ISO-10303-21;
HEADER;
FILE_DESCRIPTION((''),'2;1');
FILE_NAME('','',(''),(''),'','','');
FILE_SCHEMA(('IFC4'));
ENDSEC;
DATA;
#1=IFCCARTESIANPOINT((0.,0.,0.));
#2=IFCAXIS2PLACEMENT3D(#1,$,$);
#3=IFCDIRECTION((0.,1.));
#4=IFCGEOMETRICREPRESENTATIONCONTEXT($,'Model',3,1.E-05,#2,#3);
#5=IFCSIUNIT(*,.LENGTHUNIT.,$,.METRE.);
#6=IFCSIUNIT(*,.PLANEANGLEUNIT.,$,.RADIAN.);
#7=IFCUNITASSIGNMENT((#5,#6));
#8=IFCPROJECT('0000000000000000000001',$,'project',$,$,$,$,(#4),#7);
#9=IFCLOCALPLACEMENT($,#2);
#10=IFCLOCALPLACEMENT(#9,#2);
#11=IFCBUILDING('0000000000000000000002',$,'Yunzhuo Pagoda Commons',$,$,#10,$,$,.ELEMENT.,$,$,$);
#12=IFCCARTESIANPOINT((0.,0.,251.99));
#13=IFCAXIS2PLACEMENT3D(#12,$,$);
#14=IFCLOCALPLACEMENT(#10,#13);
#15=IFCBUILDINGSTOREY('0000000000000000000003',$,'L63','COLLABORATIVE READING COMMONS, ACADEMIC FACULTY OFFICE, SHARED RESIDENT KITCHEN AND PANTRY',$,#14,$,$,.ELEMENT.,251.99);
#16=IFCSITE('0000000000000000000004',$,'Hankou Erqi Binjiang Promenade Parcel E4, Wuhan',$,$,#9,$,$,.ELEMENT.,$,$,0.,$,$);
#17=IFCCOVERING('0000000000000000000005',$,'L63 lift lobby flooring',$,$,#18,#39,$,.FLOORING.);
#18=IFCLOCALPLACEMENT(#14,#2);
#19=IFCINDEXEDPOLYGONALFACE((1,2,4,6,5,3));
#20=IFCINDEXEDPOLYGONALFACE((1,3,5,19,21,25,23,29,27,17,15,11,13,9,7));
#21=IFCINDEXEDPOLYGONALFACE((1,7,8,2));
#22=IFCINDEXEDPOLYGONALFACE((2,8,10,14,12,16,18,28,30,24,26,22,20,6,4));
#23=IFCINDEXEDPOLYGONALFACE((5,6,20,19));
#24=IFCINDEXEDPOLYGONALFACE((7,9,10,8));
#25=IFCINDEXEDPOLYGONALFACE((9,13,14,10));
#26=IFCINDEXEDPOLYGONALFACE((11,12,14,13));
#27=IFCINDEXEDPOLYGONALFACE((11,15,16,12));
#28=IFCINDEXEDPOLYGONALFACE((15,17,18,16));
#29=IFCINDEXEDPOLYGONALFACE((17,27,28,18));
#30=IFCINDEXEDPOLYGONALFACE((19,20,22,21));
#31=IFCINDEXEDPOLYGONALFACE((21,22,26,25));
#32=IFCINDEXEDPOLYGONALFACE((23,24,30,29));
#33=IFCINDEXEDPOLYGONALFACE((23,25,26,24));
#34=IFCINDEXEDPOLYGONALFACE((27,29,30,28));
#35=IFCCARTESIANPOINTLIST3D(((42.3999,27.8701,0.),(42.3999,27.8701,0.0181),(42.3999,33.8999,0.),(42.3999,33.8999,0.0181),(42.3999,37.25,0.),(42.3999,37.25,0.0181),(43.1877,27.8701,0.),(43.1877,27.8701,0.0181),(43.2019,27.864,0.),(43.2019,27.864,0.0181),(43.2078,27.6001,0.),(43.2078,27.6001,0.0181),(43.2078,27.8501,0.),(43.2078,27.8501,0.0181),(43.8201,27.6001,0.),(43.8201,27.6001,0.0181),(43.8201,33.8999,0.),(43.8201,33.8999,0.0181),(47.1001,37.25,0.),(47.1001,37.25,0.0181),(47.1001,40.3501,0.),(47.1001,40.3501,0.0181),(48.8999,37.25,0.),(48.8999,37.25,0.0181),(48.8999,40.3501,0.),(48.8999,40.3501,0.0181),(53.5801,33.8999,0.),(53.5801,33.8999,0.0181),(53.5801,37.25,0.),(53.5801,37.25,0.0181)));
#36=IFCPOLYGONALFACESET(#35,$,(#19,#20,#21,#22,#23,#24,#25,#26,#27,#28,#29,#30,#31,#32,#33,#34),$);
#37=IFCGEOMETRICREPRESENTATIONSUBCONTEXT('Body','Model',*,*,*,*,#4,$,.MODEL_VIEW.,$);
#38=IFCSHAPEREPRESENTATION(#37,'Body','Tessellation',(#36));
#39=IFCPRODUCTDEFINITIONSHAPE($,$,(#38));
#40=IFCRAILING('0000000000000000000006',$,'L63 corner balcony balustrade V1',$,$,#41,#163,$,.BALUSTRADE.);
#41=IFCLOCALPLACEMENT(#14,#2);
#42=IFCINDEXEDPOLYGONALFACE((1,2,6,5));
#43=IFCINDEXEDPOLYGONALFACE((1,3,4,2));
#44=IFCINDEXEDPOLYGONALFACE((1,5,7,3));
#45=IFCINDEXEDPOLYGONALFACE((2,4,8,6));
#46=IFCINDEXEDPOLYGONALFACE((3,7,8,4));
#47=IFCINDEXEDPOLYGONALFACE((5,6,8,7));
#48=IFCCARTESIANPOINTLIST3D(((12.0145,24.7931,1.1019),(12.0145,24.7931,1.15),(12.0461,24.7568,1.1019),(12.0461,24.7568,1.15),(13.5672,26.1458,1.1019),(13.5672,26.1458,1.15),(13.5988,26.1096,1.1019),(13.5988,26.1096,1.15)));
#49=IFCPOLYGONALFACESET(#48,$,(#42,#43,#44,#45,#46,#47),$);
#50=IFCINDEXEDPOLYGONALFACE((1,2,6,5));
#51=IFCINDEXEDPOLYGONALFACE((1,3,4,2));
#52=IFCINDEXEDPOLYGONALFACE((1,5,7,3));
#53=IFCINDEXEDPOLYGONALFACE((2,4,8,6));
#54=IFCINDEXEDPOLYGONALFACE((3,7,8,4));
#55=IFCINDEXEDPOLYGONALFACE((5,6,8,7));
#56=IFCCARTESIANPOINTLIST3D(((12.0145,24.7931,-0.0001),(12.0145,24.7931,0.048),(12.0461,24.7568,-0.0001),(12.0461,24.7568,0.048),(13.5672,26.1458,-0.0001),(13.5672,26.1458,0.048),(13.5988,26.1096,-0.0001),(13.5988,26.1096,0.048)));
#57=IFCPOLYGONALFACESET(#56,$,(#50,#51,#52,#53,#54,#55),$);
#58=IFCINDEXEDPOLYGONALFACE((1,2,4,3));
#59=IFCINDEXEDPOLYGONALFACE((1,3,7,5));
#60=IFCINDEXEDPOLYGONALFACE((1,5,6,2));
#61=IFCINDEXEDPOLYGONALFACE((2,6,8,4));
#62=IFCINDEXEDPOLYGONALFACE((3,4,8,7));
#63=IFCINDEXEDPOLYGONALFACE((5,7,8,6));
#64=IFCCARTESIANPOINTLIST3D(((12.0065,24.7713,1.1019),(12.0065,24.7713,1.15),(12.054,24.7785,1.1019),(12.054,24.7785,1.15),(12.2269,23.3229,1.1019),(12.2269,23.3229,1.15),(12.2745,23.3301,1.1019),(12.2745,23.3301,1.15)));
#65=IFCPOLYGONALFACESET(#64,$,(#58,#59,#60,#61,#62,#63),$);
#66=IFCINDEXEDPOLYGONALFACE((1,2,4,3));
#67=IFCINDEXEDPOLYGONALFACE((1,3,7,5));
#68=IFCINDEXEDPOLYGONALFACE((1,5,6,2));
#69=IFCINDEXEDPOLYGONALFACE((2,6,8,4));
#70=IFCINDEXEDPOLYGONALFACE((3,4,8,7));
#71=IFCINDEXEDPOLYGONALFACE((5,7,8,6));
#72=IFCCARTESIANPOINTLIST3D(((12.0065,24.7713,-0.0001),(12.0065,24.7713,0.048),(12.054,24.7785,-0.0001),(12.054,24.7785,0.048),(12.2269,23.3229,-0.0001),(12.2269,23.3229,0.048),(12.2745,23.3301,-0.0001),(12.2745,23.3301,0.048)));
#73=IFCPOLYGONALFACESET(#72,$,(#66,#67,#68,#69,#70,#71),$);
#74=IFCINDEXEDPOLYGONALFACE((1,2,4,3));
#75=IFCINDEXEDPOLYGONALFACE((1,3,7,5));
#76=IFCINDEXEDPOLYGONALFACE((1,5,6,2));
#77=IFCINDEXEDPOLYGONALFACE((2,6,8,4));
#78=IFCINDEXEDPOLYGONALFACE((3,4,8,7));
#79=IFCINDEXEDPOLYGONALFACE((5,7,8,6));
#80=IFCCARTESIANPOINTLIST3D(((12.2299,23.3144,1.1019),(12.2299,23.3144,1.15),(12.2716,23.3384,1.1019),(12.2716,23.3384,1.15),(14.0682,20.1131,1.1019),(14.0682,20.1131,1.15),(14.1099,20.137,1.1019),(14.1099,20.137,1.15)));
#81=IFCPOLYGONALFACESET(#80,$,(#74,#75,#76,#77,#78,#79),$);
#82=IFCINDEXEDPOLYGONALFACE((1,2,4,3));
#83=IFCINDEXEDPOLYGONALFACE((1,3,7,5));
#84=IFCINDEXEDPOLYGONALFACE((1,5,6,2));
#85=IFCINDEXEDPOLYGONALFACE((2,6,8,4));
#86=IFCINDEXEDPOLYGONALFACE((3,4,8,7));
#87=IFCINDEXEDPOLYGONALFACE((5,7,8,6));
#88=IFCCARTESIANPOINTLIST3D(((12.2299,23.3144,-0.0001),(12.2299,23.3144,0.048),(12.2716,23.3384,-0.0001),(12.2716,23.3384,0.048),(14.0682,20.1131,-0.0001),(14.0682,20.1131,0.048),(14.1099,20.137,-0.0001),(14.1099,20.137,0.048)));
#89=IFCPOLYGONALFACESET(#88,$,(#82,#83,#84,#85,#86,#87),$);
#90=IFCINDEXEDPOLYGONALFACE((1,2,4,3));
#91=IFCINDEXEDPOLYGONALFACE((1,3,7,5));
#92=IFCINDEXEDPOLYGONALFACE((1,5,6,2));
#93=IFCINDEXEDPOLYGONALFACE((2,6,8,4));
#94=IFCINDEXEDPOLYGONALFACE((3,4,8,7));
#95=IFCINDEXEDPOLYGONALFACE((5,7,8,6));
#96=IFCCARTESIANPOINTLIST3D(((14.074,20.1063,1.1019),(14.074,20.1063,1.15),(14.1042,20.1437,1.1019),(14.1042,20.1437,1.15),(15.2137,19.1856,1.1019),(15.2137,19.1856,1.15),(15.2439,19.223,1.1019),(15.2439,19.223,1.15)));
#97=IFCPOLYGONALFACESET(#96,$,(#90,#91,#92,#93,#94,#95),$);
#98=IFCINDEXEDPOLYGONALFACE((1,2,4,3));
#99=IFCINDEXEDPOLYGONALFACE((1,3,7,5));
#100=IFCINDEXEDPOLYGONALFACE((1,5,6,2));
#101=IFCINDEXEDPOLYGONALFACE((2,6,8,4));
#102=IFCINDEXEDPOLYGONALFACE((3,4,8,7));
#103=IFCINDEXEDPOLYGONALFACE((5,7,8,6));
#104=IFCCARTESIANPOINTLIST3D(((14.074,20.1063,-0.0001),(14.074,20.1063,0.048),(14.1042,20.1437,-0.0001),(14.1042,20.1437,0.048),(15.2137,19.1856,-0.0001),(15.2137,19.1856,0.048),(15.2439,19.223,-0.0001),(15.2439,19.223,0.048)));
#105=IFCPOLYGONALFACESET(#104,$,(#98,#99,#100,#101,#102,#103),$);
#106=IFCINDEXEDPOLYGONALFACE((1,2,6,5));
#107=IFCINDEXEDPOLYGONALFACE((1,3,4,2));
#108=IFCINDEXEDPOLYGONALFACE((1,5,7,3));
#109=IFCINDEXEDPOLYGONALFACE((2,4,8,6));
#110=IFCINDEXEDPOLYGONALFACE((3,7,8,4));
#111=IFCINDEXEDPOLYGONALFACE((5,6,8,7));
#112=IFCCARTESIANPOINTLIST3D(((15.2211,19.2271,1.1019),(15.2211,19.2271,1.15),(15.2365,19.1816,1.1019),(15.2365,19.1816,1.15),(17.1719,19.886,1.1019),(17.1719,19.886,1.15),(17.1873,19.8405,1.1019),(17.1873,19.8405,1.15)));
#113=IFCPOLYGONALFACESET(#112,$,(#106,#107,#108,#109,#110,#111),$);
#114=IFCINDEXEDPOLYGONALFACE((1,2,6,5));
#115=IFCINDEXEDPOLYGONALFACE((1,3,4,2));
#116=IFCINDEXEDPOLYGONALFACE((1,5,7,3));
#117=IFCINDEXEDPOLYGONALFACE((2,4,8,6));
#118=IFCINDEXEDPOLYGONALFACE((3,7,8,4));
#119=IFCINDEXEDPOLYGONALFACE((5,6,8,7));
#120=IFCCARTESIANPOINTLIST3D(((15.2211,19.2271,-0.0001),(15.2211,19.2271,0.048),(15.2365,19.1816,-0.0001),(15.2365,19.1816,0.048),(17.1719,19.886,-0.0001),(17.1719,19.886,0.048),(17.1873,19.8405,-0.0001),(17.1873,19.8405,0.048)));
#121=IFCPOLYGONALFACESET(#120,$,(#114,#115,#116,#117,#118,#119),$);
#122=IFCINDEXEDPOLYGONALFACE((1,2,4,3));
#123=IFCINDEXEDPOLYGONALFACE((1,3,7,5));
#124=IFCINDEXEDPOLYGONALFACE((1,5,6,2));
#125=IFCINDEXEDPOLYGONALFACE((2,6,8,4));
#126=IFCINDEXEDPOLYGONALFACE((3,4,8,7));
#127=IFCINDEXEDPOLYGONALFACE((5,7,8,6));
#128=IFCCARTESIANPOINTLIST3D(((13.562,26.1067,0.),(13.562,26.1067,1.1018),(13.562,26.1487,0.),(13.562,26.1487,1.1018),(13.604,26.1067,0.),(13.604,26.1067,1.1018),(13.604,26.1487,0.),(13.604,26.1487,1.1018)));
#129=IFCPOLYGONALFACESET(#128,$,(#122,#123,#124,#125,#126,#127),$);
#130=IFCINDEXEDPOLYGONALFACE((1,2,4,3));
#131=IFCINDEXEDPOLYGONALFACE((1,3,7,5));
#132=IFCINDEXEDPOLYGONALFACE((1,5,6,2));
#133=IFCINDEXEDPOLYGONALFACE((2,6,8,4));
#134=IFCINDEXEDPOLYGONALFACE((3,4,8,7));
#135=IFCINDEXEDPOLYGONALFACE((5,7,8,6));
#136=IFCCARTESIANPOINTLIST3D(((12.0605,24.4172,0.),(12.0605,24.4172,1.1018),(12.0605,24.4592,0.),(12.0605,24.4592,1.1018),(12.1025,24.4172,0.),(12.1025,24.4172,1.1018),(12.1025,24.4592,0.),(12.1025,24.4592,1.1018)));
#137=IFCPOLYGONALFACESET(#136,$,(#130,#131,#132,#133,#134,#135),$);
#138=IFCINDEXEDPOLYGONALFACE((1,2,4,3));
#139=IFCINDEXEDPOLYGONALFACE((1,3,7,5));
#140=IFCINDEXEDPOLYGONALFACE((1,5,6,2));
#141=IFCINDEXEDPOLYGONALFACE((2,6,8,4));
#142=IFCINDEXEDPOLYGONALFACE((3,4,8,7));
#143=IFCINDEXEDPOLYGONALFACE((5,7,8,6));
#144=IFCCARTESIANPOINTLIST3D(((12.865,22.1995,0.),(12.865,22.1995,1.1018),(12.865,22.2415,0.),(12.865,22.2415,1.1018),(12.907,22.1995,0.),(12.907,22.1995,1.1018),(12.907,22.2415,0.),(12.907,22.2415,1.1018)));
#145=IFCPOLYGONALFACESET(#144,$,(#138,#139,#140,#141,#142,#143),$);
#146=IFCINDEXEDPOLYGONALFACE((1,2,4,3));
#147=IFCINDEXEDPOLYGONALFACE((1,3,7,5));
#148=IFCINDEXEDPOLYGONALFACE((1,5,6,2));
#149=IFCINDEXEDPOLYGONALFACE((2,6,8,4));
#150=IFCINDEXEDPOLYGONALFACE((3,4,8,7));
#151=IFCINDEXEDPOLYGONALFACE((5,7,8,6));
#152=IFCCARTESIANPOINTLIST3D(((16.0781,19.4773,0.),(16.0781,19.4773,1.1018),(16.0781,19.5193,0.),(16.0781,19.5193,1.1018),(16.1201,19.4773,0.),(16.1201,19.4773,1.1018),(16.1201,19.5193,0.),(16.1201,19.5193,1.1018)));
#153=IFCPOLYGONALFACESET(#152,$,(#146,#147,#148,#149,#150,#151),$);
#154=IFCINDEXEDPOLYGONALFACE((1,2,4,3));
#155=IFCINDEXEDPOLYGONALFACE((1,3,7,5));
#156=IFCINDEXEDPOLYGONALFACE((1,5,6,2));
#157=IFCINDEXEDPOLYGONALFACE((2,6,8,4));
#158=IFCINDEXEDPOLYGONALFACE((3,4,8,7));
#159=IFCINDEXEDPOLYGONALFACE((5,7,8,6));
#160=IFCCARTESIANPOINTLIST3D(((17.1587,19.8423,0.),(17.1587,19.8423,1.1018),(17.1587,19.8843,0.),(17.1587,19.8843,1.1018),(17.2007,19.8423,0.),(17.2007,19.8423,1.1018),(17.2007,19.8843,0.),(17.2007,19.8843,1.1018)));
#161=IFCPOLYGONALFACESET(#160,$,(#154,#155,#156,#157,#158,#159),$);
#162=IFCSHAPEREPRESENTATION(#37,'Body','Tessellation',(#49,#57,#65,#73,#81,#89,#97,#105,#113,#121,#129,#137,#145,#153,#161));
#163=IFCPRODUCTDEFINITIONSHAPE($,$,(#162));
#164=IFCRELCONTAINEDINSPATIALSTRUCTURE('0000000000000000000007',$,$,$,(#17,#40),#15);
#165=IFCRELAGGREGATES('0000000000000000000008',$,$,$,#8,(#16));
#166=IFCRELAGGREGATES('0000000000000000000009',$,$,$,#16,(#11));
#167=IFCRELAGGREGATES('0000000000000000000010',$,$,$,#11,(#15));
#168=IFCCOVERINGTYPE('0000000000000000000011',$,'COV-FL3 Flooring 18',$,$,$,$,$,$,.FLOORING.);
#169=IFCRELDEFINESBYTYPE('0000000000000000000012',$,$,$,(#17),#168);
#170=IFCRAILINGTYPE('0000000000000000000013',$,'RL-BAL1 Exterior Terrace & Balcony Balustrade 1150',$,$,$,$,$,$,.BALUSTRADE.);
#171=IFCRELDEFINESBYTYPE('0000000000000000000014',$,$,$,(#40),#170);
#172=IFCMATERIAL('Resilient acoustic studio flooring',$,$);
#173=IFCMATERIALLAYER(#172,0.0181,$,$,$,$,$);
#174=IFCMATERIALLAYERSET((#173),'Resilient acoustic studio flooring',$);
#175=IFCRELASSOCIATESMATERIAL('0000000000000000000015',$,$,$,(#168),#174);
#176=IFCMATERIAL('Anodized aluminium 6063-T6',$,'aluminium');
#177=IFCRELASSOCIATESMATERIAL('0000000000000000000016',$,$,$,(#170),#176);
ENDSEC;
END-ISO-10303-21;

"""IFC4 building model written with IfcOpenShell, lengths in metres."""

from ifc_helpers import new_model, si_unit, direction, frame, origin, origin_2d, place, context, subcontext, project, spatial, polyline, rectangle, outline, extrude, material, layer, layer_set, type_object, element, save


model = new_model("IFC4")

# Units and contexts
model_context = context("Model", 3, precision=1e-05, world=origin(), true_north=direction((0.0, 1.0)))
body_context = subcontext(model_context, "Body", "Model", "MODEL_VIEW")
ifc_project = project(units=[si_unit("LENGTHUNIT", "METRE"), si_unit("PLANEANGLEUNIT", "RADIAN")], contexts=[model_context])

# Site, building, storey
site_placement = place(None, origin())
site = spatial("IfcSite", under=ifc_project, at=site_placement, Name="Hankou Erqi Binjiang Promenade Parcel E4, Wuhan", CompositionType="ELEMENT", RefElevation=0.0)
building_placement = place(site_placement, origin())
building = spatial("IfcBuilding", under=site, at=building_placement, Name="Yunzhuo Pagoda Commons", CompositionType="ELEMENT")
storey_placement = place(building_placement, frame((0.0, 0.0, 251.99)))
storey = spatial("IfcBuildingStorey", under=building, at=storey_placement, Name="L63", Description="COLLABORATIVE READING COMMONS, ACADEMIC FACULTY OFFICE, SHARED RESIDENT KITCHEN AND PANTRY", CompositionType="ELEMENT", Elevation=251.99)

# Shared definitions
ifc_material_1 = material(Name="Anodized aluminium 6063-T6", Category="aluminium")

# Covering
ifc_material_2 = material(Name="Resilient acoustic studio flooring")
ifc_layer_1 = layer(ifc_material_2, 0.0181)
ifc_layer_set_1 = layer_set([ifc_layer_1], Name="Resilient acoustic studio flooring")
covering_type_1 = type_object("IfcCoveringType", Name="COV-FL3 Flooring 18", PredefinedType="FLOORING", material=ifc_layer_set_1)
covering_1_placement = place(storey_placement, origin())
element("IfcCovering", 1, at=covering_1_placement, inside=storey, type_object=covering_type_1, Name="L63 lift lobby flooring", PredefinedType="FLOORING", context=body_context, shape_type="SweptSolid", body=[
    extrude(outline(polyline([(43.2078, 27.8501), (43.2019, 27.864), (43.1877, 27.8701), (42.3999, 27.8701), (42.3999, 33.8999), (42.3999, 37.25), (47.1001, 37.25), (47.1001, 40.3501), (48.8999, 40.3501), (48.8999, 37.25), (53.5801, 37.25), (53.5801, 33.8999), (43.8201, 33.8999), (43.8201, 27.6001), (43.2078, 27.6001), (43.2078, 27.8501)])), origin(), (0.0, 0.0, 1.0), 0.0181),
])

# Railing
railing_type = type_object("IfcRailingType", Name="RL-BAL1 Exterior Terrace & Balcony Balustrade 1150", PredefinedType="BALUSTRADE", material=ifc_material_1)
railing_placement = place(storey_placement, frame((13.583, 26.1277, 0.0)))
element("IfcRailing", 2, at=railing_placement, inside=storey, type_object=railing_type, Name="L63 corner balcony balustrade V1", PredefinedType="BALUSTRADE", context=body_context, shape_type="SweptSolid", body=[
    extrude(rectangle(XDim=0.0481, YDim=0.0481, at=origin_2d()), frame((0.0, 0.0, 1.126), z_axis=(-0.753985, -0.656892, 0.0), x_axis=(0.656892, -0.753985, 0.0)), (0.0, 0.0, 1.0), 2.0593),
    extrude(rectangle(XDim=0.0481, YDim=0.0481, at=origin_2d()), frame((0.0, 0.0, 0.0239), z_axis=(-0.753985, -0.656892, 0.0), x_axis=(0.656892, -0.753985, 0.0)), (0.0, 0.0, 1.0), 2.0593),
    extrude(rectangle(XDim=0.0481, YDim=0.0481, at=origin_2d()), frame((-1.5527, -1.3528, 1.126), z_axis=(0.150467, -0.988615, 0.0), x_axis=(0.988615, 0.150467, 0.0)), (0.0, 0.0, 1.0), 1.4651),
    extrude(rectangle(XDim=0.0481, YDim=0.0481, at=origin_2d()), frame((-1.5527, -1.3528, 0.0239), z_axis=(0.150467, -0.988615, 0.0), x_axis=(0.988615, 0.150467, 0.0)), (0.0, 0.0, 1.0), 1.4651),
    extrude(rectangle(XDim=0.0481, YDim=0.0481, at=origin_2d()), frame((-1.3323, -2.8013, 1.126), z_axis=(0.497975, -0.867191, 0.0), x_axis=(0.867191, 0.497975, 0.0)), (0.0, 0.0, 1.0), 3.6917),
    extrude(rectangle(XDim=0.0481, YDim=0.0481, at=origin_2d()), frame((-1.3323, -2.8013, 0.0239), z_axis=(0.497975, -0.867191, 0.0), x_axis=(0.867191, 0.497975, 0.0)), (0.0, 0.0, 1.0), 3.6917),
    extrude(rectangle(XDim=0.0481, YDim=0.0481, at=origin_2d()), frame((0.5061, -6.0027, 1.126), z_axis=(0.777885, -0.628407, 0.0), x_axis=(0.628407, 0.777885, 0.0)), (0.0, 0.0, 1.0), 1.4651),
    extrude(rectangle(XDim=0.0481, YDim=0.0481, at=origin_2d()), frame((0.5061, -6.0027, 0.0239), z_axis=(0.777885, -0.628407, 0.0), x_axis=(0.628407, 0.777885, 0.0)), (0.0, 0.0, 1.0), 1.4651),
    extrude(rectangle(XDim=0.0481, YDim=0.0481, at=origin_2d()), frame((1.6458, -6.9233, 1.126), z_axis=(0.947419, 0.319996, 0.0), x_axis=(-0.319996, 0.947419, 0.0)), (0.0, 0.0, 1.0), 2.0591),
    extrude(rectangle(XDim=0.0481, YDim=0.0481, at=origin_2d()), frame((1.6458, -6.9233, 0.0239), z_axis=(0.947419, 0.319996, 0.0), x_axis=(-0.319996, 0.947419, 0.0)), (0.0, 0.0, 1.0), 2.0591),
    extrude(rectangle(XDim=0.042, YDim=0.042, at=origin_2d()), origin(), (0.0, 0.0, 1.0), 1.1018),
    extrude(rectangle(XDim=0.042, YDim=0.042, at=origin_2d()), frame((-1.5015, -1.6895, 0.0)), (0.0, 0.0, 1.0), 1.1018),
    extrude(rectangle(XDim=0.042, YDim=0.042, at=origin_2d()), frame((-0.697, -3.9072, 0.0)), (0.0, 0.0, 1.0), 1.1018),
    extrude(rectangle(XDim=0.042, YDim=0.042, at=origin_2d()), frame((2.5161, -6.6294, 0.0)), (0.0, 0.0, 1.0), 1.1018),
    extrude(rectangle(XDim=0.042, YDim=0.042, at=origin_2d()), frame((3.5967, -6.2644, 0.0)), (0.0, 0.0, 1.0), 1.1018),
])

save(model, "model.ifc")
